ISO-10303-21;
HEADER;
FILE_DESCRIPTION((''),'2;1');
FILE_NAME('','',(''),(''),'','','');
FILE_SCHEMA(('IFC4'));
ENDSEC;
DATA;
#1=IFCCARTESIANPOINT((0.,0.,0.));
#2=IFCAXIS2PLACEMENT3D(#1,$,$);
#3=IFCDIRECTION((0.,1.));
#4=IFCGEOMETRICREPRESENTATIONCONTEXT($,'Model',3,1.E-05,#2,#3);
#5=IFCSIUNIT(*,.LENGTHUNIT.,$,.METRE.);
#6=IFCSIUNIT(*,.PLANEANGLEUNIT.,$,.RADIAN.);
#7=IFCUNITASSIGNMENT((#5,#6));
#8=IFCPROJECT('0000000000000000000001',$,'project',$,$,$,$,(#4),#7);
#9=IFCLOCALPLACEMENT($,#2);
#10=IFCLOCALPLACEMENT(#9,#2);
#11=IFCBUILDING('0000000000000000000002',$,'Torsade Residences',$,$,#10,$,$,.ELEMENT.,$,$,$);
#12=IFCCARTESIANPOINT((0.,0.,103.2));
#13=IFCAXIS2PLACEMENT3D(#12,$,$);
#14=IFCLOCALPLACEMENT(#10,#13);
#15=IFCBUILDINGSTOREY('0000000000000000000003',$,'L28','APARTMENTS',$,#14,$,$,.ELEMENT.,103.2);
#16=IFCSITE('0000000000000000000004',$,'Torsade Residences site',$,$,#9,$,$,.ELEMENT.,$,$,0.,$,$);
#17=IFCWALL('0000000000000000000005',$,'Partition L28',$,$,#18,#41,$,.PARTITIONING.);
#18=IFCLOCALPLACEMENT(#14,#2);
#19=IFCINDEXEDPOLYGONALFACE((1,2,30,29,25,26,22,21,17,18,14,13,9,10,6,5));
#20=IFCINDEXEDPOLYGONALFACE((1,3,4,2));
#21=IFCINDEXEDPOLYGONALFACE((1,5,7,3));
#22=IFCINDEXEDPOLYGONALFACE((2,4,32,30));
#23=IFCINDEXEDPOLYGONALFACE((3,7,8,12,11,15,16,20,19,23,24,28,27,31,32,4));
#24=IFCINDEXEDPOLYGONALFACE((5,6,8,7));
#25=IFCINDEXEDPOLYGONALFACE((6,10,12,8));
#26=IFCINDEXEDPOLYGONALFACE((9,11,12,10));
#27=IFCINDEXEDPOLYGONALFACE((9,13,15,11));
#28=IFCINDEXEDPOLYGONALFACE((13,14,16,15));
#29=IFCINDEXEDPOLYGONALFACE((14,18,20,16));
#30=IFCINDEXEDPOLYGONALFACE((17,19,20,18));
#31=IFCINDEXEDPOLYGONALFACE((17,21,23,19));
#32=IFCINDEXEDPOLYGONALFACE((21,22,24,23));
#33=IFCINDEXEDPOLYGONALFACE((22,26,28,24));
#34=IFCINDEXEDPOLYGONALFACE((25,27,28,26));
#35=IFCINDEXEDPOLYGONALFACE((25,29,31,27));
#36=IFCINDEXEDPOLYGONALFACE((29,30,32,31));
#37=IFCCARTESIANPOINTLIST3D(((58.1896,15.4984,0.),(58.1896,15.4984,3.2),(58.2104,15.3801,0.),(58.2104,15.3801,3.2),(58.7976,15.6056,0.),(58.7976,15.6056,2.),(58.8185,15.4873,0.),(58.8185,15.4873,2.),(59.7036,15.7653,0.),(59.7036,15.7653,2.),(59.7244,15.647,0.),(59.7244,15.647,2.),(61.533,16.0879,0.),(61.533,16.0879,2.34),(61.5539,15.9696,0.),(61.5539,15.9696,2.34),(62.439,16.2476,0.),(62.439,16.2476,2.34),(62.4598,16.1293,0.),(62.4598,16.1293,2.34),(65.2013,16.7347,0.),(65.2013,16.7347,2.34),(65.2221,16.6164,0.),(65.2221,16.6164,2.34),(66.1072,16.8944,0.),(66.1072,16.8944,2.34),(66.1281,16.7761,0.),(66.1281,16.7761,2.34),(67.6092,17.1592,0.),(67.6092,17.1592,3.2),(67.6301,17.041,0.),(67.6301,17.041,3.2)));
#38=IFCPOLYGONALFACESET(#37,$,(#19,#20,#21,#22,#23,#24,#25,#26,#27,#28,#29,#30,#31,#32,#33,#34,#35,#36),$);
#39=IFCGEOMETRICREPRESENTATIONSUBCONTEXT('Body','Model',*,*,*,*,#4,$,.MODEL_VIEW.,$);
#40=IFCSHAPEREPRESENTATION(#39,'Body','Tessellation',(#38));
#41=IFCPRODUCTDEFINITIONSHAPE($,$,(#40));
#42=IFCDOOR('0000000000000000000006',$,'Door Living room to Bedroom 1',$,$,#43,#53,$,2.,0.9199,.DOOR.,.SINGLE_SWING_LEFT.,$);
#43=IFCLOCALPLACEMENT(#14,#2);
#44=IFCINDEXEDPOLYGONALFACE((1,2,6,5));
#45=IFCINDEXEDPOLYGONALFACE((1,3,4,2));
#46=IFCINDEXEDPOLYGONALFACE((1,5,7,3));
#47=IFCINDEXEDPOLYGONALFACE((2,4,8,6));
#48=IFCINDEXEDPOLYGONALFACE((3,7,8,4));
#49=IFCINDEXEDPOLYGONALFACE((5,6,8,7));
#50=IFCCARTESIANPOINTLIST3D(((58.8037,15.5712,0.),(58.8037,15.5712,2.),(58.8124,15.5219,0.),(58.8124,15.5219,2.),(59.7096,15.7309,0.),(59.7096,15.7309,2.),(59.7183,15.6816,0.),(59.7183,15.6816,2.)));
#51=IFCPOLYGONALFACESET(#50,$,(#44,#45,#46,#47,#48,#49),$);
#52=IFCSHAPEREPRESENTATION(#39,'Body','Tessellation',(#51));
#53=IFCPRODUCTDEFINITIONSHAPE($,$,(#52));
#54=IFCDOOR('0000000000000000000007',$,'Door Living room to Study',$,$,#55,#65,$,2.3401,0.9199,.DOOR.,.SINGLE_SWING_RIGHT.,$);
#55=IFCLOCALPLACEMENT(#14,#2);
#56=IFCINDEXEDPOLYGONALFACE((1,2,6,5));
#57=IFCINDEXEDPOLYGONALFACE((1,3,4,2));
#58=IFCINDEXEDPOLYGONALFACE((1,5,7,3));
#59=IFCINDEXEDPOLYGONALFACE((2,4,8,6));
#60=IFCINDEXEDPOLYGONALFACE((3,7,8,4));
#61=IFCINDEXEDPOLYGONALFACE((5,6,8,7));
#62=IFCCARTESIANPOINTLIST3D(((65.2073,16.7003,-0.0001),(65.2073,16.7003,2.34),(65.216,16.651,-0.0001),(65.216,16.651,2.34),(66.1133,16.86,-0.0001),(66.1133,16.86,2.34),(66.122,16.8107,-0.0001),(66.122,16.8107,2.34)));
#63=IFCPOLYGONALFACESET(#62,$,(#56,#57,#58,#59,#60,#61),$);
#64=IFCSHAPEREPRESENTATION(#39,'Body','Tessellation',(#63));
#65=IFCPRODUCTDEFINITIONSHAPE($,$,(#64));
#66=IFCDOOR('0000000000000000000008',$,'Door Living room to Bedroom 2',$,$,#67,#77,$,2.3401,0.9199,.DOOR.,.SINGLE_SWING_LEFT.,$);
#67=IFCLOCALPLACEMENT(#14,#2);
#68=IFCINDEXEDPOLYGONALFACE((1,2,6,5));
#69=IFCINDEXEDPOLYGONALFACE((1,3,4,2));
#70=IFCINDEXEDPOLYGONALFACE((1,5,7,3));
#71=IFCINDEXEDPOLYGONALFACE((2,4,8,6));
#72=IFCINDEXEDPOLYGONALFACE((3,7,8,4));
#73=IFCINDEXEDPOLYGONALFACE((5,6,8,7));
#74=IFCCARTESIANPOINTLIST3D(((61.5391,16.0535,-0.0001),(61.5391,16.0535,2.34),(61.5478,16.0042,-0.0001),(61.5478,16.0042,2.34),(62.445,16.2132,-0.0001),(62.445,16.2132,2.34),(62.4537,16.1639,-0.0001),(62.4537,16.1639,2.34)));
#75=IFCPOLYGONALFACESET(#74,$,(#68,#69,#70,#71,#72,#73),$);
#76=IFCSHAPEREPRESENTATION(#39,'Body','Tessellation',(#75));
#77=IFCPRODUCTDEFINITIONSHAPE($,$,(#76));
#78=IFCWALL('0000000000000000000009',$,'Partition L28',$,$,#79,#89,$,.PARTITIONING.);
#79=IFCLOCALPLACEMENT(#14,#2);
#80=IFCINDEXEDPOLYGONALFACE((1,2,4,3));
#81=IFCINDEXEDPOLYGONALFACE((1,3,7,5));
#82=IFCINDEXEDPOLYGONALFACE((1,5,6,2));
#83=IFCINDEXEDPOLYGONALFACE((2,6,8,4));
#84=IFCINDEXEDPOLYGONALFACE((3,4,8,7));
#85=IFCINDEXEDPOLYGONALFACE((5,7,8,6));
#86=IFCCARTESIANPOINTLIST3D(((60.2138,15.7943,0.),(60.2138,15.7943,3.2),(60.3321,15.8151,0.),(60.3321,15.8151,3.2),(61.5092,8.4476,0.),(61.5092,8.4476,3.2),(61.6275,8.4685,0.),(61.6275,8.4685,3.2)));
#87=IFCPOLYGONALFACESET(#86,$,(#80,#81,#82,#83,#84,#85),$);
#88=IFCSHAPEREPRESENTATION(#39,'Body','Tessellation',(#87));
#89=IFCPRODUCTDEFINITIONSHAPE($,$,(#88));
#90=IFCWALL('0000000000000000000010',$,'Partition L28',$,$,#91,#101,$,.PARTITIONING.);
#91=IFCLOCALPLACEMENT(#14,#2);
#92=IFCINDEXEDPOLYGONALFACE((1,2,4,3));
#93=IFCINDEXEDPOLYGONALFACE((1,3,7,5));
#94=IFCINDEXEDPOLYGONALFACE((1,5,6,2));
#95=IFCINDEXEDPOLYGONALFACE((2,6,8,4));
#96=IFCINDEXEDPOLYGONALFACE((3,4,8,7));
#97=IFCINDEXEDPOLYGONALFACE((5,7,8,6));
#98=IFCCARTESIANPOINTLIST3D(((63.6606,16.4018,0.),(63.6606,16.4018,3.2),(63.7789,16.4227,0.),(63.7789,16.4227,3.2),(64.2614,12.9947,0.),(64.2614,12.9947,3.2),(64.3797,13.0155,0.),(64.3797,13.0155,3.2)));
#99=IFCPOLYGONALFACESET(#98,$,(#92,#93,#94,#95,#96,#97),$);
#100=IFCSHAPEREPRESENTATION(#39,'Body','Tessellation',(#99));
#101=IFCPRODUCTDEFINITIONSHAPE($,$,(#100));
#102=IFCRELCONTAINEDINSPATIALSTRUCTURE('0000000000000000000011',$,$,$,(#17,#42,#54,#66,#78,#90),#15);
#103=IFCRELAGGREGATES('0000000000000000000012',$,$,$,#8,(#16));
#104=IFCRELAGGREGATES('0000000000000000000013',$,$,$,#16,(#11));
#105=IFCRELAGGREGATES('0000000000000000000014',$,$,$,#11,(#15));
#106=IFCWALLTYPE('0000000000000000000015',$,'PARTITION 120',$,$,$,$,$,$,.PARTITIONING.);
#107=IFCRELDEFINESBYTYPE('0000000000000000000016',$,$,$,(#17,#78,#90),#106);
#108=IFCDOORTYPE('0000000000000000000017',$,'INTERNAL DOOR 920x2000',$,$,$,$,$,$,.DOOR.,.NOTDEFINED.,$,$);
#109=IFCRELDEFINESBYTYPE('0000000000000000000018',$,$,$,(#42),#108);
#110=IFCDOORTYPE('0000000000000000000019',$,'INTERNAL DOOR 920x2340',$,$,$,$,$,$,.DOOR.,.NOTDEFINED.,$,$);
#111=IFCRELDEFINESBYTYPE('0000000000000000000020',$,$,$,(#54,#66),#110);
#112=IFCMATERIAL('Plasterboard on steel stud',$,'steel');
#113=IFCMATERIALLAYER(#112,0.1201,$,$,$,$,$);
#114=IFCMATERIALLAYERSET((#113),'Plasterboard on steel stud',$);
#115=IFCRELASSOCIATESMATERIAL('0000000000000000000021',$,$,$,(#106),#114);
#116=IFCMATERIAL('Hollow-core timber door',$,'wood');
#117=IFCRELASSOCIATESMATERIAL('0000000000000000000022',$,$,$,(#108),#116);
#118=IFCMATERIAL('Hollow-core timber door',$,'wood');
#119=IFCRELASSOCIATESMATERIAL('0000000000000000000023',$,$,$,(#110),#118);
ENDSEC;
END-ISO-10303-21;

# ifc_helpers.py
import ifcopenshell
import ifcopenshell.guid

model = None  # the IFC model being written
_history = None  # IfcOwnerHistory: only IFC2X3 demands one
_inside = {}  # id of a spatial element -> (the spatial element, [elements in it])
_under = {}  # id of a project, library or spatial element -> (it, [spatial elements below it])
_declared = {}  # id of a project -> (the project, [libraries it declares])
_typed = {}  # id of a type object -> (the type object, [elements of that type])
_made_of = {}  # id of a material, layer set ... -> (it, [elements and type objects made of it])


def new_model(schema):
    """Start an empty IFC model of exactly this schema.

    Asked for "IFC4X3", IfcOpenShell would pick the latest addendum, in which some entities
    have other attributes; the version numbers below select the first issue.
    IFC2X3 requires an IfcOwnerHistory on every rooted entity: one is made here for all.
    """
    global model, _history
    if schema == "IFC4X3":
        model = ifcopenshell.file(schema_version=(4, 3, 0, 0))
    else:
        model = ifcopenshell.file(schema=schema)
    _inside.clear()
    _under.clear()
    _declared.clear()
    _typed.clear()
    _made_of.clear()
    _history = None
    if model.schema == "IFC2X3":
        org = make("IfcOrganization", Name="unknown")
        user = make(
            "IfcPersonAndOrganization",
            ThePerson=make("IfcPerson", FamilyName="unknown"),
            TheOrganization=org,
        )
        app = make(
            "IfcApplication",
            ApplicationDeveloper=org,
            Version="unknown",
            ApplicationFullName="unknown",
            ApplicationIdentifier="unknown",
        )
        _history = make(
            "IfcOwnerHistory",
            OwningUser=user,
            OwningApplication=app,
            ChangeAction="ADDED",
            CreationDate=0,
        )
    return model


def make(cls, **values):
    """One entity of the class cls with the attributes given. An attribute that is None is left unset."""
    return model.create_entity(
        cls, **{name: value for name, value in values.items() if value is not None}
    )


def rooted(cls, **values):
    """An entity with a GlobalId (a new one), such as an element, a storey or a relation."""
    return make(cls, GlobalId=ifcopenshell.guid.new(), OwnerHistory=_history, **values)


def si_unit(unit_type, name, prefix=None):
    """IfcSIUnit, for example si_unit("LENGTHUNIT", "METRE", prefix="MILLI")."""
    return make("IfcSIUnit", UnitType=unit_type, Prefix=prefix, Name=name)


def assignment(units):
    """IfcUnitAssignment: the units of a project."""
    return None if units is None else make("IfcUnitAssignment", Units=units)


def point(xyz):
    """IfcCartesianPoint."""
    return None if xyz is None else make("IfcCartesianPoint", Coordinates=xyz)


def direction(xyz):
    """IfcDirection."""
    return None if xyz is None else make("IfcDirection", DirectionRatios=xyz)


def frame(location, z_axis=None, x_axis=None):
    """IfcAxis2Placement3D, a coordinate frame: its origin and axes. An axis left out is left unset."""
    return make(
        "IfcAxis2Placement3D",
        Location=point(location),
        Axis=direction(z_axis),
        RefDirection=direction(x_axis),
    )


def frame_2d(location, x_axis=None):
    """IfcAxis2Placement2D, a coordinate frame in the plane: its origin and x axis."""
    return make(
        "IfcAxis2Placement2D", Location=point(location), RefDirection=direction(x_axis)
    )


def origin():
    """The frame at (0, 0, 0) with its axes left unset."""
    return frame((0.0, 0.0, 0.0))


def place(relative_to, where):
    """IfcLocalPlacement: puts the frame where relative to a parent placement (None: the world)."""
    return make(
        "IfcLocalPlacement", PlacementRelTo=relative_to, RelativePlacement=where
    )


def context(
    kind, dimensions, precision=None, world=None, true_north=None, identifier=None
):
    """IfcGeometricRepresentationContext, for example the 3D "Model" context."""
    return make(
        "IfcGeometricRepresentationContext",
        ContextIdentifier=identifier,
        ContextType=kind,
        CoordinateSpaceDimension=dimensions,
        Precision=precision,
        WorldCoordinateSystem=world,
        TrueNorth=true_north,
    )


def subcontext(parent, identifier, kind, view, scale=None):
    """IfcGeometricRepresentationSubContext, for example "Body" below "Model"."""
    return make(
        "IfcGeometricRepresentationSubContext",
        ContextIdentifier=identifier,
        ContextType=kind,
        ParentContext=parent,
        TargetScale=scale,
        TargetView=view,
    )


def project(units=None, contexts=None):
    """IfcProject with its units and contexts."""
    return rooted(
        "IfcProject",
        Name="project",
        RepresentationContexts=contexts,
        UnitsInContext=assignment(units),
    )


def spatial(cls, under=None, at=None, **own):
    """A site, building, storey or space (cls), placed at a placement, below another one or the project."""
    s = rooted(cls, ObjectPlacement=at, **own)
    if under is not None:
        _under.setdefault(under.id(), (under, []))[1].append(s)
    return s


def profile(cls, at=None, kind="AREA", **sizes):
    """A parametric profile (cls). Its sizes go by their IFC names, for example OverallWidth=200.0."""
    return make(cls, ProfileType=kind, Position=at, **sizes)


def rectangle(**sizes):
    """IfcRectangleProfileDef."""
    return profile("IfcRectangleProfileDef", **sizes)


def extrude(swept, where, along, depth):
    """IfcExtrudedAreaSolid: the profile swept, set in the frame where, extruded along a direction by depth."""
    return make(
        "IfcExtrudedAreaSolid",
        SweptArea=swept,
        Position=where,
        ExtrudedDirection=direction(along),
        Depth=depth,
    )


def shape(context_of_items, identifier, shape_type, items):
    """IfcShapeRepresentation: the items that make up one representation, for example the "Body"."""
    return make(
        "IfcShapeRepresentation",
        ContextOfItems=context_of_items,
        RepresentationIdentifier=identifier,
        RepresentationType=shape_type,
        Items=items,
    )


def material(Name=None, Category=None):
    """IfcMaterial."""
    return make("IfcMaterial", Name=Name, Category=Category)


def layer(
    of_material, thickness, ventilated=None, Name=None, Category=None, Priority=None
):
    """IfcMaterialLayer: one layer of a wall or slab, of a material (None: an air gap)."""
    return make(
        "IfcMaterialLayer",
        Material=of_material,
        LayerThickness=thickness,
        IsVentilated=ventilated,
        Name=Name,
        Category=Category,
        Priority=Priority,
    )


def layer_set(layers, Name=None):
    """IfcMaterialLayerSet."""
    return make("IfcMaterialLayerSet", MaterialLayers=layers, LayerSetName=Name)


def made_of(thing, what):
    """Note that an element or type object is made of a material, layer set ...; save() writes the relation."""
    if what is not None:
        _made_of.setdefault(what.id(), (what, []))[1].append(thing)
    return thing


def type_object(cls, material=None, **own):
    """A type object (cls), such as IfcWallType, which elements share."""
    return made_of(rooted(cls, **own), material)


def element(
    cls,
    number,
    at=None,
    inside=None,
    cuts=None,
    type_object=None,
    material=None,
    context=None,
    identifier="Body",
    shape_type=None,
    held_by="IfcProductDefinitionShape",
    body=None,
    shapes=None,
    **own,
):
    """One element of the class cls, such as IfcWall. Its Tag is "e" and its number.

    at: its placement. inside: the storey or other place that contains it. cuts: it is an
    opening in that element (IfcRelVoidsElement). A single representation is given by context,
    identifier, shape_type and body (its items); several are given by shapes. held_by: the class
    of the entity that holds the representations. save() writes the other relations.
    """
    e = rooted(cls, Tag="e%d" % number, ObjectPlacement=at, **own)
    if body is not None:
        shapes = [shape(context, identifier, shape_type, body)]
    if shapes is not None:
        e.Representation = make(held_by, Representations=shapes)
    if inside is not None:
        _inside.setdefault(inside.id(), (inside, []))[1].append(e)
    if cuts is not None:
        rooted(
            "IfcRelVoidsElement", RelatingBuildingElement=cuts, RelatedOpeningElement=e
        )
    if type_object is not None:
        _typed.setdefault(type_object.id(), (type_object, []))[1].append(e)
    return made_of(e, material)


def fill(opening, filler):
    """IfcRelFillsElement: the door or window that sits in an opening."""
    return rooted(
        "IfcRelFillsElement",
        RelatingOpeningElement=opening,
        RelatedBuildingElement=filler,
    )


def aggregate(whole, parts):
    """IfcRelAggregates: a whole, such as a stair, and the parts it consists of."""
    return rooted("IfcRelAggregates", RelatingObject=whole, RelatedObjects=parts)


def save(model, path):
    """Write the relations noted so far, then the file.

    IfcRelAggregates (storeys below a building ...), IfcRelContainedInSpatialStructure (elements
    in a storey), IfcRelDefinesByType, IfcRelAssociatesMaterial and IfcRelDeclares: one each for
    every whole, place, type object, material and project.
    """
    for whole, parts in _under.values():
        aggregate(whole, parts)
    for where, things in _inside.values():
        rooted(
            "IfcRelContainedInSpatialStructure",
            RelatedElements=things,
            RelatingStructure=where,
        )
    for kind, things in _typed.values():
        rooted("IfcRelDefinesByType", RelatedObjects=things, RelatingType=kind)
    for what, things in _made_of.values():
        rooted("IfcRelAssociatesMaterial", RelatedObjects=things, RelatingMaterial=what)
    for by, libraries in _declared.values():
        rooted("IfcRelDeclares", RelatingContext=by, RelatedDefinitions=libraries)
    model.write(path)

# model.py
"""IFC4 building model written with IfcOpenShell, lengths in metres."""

from ifc_helpers import new_model, si_unit, direction, frame, frame_2d, origin, place, context, subcontext, project, spatial, rectangle, extrude, material, layer, layer_set, type_object, element, fill, save


model = new_model("IFC4")

# Units and contexts
model_context = context("Model", 3, precision=1e-05, world=origin(), true_north=direction((0.0, 1.0)))
body_context = subcontext(model_context, "Body", "Model", "MODEL_VIEW")
ifc_project = project(units=[si_unit("LENGTHUNIT", "METRE"), si_unit("PLANEANGLEUNIT", "RADIAN")], contexts=[model_context])

# Site, building, storey
site_placement = place(None, origin())
site = spatial("IfcSite", under=ifc_project, at=site_placement, Name="Torsade Residences site", CompositionType="ELEMENT", RefElevation=0.0)
building_placement = place(site_placement, origin())
building = spatial("IfcBuilding", under=site, at=building_placement, Name="Torsade Residences", CompositionType="ELEMENT")
storey_placement = place(building_placement, frame((0.0, 0.0, 103.2)))
storey = spatial("IfcBuildingStorey", under=building, at=storey_placement, Name="L28", Description="APARTMENTS", CompositionType="ELEMENT", Elevation=103.2)

# Shared definitions
ifc_material_1 = material(Name="Plasterboard on steel stud", Category="steel")
ifc_layer_1 = layer(ifc_material_1, 0.1201)
ifc_layer_set_1 = layer_set([ifc_layer_1], Name="Plasterboard on steel stud")
wall_type = type_object("IfcWallType", Name="PARTITION 120", PredefinedType="PARTITIONING", material=ifc_layer_set_1)

# Wall, openings, doors
wall_1_placement = place(storey_placement, frame((67.6196, 17.1001, 0.0), z_axis=(0.0, 0.0, 1.0), x_axis=(-0.984809, -0.173643, 0.0)))
wall_1 = element("IfcWall", 1, at=wall_1_placement, inside=storey, type_object=wall_type, Name="Partition L28", PredefinedType="PARTITIONING", context=body_context, shape_type="SweptSolid", body=[
    extrude(rectangle(XDim=9.5649, YDim=0.1201, at=frame_2d((4.7825, 0.0))), origin(), (0.0, 0.0, 1.0), 3.2),
])
opening_1_placement = place(wall_1_placement, frame((1.5251, 0.0, 0.0)))
opening_1 = element("IfcOpeningElement", 2, at=opening_1_placement, cuts=wall_1, PredefinedType="OPENING", context=body_context, shape_type="SweptSolid", body=[
    extrude(rectangle(XDim=0.9199, YDim=2.3401, at=frame_2d((0.46, 1.1699))), frame((0.0, 0.0701, 0.0), z_axis=(0.0, -1.0, 0.0), x_axis=(1.0, 0.0, 0.0)), (0.0, 0.0, 1.0), 0.1401),
])
opening_2_placement = place(wall_1_placement, frame((5.25, 0.0, 0.0)))
opening_2 = element("IfcOpeningElement", 3, at=opening_2_placement, cuts=wall_1, PredefinedType="OPENING", context=body_context, shape_type="SweptSolid", body=[
    extrude(rectangle(XDim=0.9199, YDim=2.3401, at=frame_2d((0.46, 1.1699))), frame((0.0, 0.0701, 0.0), z_axis=(0.0, -1.0, 0.0), x_axis=(1.0, 0.0, 0.0)), (0.0, 0.0, 1.0), 0.1401),
])
opening_3_placement = place(wall_1_placement, frame((8.0276, 0.0, 0.0)))
opening_3 = element("IfcOpeningElement", 4, at=opening_3_placement, cuts=wall_1, PredefinedType="OPENING", context=body_context, shape_type="SweptSolid", body=[
    extrude(rectangle(XDim=0.9199, YDim=2.0, at=frame_2d((0.46, 1.0))), frame((0.0, 0.0701, 0.0), z_axis=(0.0, -1.0, 0.0), x_axis=(1.0, 0.0, 0.0)), (0.0, 0.0, 1.0), 0.1401),
])
ifc_material_2 = material(Name="Hollow-core timber door", Category="wood")
door_type_1 = type_object("IfcDoorType", Name="INTERNAL DOOR 920x2000", OperationType="NOTDEFINED", PredefinedType="DOOR", material=ifc_material_2)
door_1_placement = place(opening_3_placement, origin())
door_1 = element("IfcDoor", 5, at=door_1_placement, inside=storey, type_object=door_type_1, Name="Door Living room to Bedroom 1", OperationType="SINGLE_SWING_LEFT", OverallHeight=2.0, OverallWidth=0.9199, PredefinedType="DOOR", context=body_context, shape_type="SweptSolid", body=[
    extrude(rectangle(XDim=0.9199, YDim=2.0, at=frame_2d((0.46, 1.0))), frame((0.0, 0.0249, 0.0), z_axis=(0.0, -1.0, 0.0), x_axis=(1.0, 0.0, 0.0)), (0.0, 0.0, 1.0), 0.05),
])
fill(opening_3, door_1)
ifc_material_3 = material(Name="Hollow-core timber door", Category="wood")
door_type_2 = type_object("IfcDoorType", Name="INTERNAL DOOR 920x2340", OperationType="NOTDEFINED", PredefinedType="DOOR", material=ifc_material_3)
door_2_placement = place(opening_1_placement, origin())
door_2 = element("IfcDoor", 6, at=door_2_placement, inside=storey, type_object=door_type_2, Name="Door Living room to Study", OperationType="SINGLE_SWING_RIGHT", OverallHeight=2.3401, OverallWidth=0.9199, PredefinedType="DOOR", context=body_context, shape_type="SweptSolid", body=[
    extrude(rectangle(XDim=0.9199, YDim=2.3401, at=frame_2d((0.46, 1.1699))), frame((0.0, 0.0249, 0.0), z_axis=(0.0, -1.0, 0.0), x_axis=(1.0, 0.0, 0.0)), (0.0, 0.0, 1.0), 0.05),
])
fill(opening_1, door_2)
door_3_placement = place(opening_2_placement, origin())
door_3 = element("IfcDoor", 7, at=door_3_placement, inside=storey, type_object=door_type_2, Name="Door Living room to Bedroom 2", OperationType="SINGLE_SWING_LEFT", OverallHeight=2.3401, OverallWidth=0.9199, PredefinedType="DOOR", context=body_context, shape_type="SweptSolid", body=[
    extrude(rectangle(XDim=0.9199, YDim=2.3401, at=frame_2d((0.46, 1.1699))), frame((0.0, 0.0249, 0.0), z_axis=(0.0, -1.0, 0.0), x_axis=(1.0, 0.0, 0.0)), (0.0, 0.0, 1.0), 0.05),
])
fill(opening_2, door_3)

# Walls
wall_2_placement = place(storey_placement, frame((60.2729, 15.8047, 0.0), z_axis=(0.0, 0.0, 1.0), x_axis=(0.173647, -0.984808, 0.0)))
element("IfcWall", 8, at=wall_2_placement, inside=storey, type_object=wall_type, Name="Partition L28", PredefinedType="PARTITIONING", context=body_context, shape_type="SweptSolid", body=[
    extrude(rectangle(XDim=7.46, YDim=0.1201, at=frame_2d((3.73, 0.0))), origin(), (0.0, 0.0, 1.0), 3.2),
])
wall_3_placement = place(storey_placement, frame((63.7197, 16.4124, 0.0), z_axis=(0.0, 0.0, 1.0), x_axis=(0.173661, -0.984806, 0.0)))
element("IfcWall", 9, at=wall_3_placement, inside=storey, type_object=wall_type, Name="Partition L28", PredefinedType="PARTITIONING", context=body_context, shape_type="SweptSolid", body=[
    extrude(rectangle(XDim=3.4597, YDim=0.1201, at=frame_2d((1.73, 0.0))), origin(), (0.0, 0.0, 1.0), 3.2),
])

save(model, "model.ifc")
